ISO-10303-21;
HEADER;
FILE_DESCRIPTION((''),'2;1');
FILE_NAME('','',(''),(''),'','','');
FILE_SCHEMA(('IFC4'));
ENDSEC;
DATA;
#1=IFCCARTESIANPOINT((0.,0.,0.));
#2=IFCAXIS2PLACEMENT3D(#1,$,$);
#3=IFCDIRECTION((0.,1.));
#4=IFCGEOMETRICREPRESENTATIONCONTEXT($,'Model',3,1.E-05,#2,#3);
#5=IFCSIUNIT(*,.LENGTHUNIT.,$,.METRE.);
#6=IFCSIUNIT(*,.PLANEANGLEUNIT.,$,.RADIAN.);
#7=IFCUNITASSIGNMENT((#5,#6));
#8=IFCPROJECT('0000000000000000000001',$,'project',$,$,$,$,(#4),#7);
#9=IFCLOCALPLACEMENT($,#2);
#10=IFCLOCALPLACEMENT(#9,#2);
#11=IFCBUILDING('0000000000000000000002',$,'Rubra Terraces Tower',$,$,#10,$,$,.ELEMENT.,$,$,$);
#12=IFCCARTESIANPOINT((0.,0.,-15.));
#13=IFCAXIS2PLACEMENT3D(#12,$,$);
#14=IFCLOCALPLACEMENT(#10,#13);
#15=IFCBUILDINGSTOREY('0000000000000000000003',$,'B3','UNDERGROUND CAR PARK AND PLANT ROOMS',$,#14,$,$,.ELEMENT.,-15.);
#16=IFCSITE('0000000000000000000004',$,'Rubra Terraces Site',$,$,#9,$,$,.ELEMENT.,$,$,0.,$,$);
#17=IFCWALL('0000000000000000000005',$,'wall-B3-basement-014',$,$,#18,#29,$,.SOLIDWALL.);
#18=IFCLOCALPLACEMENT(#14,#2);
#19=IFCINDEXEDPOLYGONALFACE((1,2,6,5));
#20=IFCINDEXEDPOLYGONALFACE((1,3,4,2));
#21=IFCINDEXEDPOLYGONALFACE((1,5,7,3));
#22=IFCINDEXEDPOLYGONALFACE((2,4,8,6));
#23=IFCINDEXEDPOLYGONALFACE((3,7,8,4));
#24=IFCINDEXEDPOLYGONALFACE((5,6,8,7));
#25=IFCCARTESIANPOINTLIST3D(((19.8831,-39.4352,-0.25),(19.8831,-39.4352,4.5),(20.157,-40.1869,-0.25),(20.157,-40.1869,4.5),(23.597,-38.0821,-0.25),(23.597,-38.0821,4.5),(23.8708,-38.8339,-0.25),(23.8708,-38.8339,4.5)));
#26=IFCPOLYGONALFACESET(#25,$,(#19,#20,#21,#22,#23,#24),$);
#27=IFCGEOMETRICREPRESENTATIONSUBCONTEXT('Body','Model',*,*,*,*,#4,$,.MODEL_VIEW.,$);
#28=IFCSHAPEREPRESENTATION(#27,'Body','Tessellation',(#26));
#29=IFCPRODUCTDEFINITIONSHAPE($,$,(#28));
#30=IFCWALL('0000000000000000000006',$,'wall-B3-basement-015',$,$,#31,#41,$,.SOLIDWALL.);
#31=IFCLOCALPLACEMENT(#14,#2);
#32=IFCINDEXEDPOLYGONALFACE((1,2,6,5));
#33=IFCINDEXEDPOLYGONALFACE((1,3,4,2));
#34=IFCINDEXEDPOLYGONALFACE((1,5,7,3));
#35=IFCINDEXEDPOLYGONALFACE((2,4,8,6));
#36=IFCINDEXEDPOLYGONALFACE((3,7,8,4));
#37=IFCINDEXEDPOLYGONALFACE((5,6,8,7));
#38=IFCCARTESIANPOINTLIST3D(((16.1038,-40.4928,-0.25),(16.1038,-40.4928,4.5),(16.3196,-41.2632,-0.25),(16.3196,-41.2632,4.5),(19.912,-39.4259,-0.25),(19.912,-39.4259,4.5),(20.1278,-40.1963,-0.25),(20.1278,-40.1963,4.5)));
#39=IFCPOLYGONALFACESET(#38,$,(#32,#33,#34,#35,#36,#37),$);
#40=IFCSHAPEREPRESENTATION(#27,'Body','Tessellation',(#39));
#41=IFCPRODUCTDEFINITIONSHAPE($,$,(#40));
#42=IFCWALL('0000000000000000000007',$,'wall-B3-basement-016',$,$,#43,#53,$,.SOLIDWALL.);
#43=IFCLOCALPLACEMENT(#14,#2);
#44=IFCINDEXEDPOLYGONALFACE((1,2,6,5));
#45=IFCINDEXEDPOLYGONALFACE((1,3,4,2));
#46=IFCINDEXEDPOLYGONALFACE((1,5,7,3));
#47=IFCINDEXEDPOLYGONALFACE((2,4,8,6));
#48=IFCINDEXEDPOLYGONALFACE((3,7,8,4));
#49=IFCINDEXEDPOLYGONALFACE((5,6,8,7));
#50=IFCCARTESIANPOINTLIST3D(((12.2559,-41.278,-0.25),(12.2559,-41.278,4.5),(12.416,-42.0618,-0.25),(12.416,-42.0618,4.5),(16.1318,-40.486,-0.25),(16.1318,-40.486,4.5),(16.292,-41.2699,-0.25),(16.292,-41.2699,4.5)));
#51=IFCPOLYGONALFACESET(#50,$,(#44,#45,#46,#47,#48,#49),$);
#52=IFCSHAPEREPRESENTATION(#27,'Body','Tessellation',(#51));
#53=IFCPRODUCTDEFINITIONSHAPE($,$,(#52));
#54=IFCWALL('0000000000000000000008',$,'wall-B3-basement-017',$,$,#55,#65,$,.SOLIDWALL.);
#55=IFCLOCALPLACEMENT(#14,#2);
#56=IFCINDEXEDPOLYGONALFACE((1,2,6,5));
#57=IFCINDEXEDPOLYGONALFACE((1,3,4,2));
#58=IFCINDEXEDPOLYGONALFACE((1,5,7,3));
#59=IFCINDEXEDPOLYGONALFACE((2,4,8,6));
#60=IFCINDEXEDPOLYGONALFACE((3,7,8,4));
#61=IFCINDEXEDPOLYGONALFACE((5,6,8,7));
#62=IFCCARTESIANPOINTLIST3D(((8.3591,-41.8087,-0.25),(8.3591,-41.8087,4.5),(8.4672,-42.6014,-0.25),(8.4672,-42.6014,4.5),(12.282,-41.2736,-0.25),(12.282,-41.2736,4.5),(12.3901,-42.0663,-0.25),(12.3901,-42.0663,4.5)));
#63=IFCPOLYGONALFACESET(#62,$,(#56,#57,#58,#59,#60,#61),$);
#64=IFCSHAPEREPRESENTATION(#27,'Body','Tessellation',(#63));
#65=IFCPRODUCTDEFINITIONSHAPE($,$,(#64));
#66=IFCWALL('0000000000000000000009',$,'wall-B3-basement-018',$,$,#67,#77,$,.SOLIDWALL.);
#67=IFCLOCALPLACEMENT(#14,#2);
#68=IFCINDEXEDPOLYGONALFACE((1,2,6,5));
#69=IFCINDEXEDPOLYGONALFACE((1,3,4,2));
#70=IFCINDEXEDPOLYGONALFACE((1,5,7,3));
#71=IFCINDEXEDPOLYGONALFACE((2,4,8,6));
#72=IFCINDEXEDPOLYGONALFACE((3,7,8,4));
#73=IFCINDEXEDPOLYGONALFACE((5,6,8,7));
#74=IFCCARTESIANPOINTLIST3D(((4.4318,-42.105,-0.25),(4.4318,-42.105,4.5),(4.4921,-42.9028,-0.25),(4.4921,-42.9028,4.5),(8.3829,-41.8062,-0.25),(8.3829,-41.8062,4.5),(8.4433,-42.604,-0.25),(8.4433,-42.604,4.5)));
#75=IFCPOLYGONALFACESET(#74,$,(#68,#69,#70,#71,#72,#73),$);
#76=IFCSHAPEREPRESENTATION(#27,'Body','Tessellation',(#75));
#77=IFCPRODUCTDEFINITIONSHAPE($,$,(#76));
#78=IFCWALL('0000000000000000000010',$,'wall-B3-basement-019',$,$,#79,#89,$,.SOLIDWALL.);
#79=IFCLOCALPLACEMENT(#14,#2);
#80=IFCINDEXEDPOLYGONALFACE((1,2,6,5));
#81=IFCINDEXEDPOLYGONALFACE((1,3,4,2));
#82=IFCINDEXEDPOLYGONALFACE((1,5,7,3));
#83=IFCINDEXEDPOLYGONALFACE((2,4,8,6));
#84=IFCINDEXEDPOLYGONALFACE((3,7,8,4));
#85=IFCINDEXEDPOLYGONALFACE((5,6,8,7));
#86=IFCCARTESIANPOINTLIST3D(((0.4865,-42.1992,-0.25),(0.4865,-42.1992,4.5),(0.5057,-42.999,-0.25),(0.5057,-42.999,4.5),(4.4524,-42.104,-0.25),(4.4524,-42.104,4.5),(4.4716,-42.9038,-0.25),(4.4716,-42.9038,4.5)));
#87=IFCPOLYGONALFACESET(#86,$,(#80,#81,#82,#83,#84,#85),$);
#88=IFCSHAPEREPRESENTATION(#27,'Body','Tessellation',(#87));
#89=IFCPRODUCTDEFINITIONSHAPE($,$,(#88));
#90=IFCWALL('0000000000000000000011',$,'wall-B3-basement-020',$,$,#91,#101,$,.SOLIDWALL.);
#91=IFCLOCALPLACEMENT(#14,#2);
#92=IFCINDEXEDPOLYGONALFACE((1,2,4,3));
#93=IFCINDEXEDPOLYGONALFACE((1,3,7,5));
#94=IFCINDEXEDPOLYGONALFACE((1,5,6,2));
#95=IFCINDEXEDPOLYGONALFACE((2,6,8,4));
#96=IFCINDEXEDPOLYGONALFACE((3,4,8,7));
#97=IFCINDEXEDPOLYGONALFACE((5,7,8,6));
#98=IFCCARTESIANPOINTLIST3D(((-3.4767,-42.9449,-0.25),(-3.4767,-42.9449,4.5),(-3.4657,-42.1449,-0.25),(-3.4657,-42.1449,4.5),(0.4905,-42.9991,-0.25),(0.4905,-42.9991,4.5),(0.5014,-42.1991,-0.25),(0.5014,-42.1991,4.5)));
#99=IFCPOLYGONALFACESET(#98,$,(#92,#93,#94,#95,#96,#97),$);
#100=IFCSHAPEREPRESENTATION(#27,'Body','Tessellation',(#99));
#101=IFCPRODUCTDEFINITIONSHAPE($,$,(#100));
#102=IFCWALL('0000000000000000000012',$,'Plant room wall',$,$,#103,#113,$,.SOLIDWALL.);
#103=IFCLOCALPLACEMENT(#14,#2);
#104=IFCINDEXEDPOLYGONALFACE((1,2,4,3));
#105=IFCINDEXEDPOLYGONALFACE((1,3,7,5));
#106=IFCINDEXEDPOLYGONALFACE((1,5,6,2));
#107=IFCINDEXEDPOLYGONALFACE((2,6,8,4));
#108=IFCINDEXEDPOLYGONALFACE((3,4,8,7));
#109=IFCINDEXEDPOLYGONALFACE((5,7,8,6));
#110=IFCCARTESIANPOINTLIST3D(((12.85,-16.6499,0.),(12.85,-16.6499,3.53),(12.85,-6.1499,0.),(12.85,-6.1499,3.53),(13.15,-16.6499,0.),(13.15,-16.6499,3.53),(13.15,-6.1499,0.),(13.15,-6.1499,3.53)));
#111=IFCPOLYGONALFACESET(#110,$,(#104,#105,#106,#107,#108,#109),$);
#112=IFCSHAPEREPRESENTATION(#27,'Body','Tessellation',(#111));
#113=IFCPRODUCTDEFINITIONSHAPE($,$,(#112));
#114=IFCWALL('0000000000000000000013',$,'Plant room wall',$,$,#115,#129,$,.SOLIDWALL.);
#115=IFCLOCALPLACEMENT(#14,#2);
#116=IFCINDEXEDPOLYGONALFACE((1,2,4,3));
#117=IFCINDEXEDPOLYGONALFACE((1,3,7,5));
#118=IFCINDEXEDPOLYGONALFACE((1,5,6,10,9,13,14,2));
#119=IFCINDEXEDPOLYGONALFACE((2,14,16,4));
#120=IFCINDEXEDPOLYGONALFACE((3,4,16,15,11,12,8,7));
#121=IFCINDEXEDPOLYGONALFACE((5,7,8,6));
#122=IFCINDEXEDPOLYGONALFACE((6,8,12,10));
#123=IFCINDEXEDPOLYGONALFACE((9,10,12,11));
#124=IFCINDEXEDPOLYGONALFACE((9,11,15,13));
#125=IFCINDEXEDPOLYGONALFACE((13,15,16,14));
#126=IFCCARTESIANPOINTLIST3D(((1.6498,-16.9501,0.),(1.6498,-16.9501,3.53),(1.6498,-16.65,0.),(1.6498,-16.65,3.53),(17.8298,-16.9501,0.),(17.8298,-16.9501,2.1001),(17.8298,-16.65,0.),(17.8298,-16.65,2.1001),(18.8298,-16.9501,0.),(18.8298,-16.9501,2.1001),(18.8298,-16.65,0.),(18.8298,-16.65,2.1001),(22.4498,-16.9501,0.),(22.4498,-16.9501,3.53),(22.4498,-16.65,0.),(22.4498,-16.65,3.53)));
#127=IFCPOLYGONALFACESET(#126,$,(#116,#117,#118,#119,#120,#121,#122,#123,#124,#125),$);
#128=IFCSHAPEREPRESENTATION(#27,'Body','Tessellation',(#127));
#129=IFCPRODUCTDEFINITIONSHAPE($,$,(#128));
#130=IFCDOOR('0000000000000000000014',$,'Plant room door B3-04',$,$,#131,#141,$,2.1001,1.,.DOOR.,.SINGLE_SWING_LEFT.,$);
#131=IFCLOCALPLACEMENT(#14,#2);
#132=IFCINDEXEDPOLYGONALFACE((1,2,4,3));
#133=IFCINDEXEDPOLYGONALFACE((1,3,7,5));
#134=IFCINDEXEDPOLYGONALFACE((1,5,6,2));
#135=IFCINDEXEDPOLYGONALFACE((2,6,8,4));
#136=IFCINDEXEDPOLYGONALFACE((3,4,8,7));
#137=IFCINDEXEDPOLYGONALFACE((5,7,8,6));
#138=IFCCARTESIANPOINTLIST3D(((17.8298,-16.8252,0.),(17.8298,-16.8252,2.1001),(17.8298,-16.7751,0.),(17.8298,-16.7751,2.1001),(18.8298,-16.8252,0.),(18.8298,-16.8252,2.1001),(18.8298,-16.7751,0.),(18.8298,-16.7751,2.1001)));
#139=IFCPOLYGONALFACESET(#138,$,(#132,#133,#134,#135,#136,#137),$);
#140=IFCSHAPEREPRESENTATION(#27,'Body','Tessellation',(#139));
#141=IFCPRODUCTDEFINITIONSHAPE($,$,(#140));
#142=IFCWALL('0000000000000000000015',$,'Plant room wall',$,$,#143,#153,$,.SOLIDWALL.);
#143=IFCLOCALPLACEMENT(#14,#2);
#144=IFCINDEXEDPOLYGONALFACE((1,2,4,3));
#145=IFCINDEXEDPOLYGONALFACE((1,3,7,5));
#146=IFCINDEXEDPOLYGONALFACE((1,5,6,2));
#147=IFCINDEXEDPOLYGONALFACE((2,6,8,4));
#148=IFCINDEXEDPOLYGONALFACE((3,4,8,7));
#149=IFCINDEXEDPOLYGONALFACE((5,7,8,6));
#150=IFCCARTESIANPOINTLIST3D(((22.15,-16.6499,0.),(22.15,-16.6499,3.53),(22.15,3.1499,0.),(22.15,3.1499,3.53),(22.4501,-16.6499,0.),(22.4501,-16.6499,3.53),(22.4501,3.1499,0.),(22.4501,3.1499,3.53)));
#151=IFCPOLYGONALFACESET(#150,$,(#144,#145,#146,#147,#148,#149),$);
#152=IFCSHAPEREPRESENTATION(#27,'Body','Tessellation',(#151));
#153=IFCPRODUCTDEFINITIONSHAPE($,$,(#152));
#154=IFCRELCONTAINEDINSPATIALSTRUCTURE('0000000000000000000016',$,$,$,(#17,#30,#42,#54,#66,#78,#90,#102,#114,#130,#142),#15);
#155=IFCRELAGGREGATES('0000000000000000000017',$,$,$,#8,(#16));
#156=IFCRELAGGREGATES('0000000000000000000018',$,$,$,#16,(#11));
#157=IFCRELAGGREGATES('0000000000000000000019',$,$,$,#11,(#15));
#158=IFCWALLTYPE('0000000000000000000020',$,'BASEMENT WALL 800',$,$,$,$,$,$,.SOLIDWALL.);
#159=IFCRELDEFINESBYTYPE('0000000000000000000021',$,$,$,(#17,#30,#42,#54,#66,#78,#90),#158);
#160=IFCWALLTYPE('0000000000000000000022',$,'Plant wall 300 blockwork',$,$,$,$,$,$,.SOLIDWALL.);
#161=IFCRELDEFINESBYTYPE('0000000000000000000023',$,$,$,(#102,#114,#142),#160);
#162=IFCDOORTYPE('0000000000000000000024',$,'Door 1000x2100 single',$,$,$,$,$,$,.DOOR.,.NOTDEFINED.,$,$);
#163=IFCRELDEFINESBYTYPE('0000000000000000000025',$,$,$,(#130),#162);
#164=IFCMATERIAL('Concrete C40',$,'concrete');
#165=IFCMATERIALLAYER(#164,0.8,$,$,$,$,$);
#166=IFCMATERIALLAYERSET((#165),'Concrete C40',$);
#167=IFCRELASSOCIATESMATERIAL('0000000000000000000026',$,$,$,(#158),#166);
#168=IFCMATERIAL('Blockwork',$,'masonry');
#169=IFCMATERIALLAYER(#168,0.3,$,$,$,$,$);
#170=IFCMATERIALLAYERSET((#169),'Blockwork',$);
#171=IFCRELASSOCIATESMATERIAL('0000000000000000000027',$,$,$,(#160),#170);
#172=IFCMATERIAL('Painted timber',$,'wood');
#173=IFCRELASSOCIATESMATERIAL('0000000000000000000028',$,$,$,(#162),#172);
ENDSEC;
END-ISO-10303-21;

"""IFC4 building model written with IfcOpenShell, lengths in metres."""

from ifc_helpers import new_model, si_unit, direction, frame, frame_2d, origin, place, context, subcontext, project, spatial, rectangle, extrude, material, layer, layer_set, type_object, element, fill, save


model = new_model("IFC4")

# Units and contexts
model_context = context("Model", 3, precision=1e-05, world=origin(), true_north=direction((0.0, 1.0)))
body_context = subcontext(model_context, "Body", "Model", "MODEL_VIEW")
ifc_project = project(units=[si_unit("LENGTHUNIT", "METRE"), si_unit("PLANEANGLEUNIT", "RADIAN")], contexts=[model_context])

# Site, building, storey
site_placement = place(None, origin())
site = spatial("IfcSite", under=ifc_project, at=site_placement, Name="Rubra Terraces Site", CompositionType="ELEMENT", RefElevation=0.0)
building_placement = place(site_placement, origin())
building = spatial("IfcBuilding", under=site, at=building_placement, Name="Rubra Terraces Tower", CompositionType="ELEMENT")
storey_placement = place(building_placement, frame((0.0, 0.0, -15.0)))
storey = spatial("IfcBuildingStorey", under=building, at=storey_placement, Name="B3", Description="UNDERGROUND CAR PARK AND PLANT ROOMS", CompositionType="ELEMENT", Elevation=-15.0)

# Shared definitions
ifc_material_1 = material(Name="Concrete C40", Category="concrete")

# Walls
ifc_layer_1 = layer(ifc_material_1, 0.8)
ifc_layer_set_1 = layer_set([ifc_layer_1], Name="Concrete C40")
wall_type_1 = type_object("IfcWallType", Name="BASEMENT WALL 800", PredefinedType="SOLIDWALL", material=ifc_layer_set_1)
wall_1_placement = place(storey_placement, frame((23.7339, -38.458, -0.25), z_axis=(0.0, 0.0, 1.0), x_axis=(-0.939588, -0.342308, 0.0)))
element("IfcWall", 1, at=wall_1_placement, inside=storey, type_object=wall_type_1, Name="wall-B3-basement-014", PredefinedType="SOLIDWALL", context=body_context, shape_type="SweptSolid", body=[
    extrude(rectangle(XDim=3.9526, YDim=0.8, at=frame_2d((1.9763, 0.0))), origin(), (0.0, 0.0, 1.0), 4.75),
])
wall_2_placement = place(storey_placement, frame((20.02, -39.811, -0.25), z_axis=(0.0, 0.0, 1.0), x_axis=(-0.962923, -0.269776, 0.0)))
element("IfcWall", 2, at=wall_2_placement, inside=storey, type_object=wall_type_1, Name="wall-B3-basement-015", PredefinedType="SOLIDWALL", context=body_context, shape_type="SweptSolid", body=[
    extrude(rectangle(XDim=3.9548, YDim=0.8, at=frame_2d((1.9775, 0.0))), origin(), (0.0, 0.0, 1.0), 4.75),
])
wall_3_placement = place(storey_placement, frame((16.2119, -40.8779, -0.25), z_axis=(0.0, 0.0, 1.0), x_axis=(-0.979756, -0.200197, 0.0)))
element("IfcWall", 3, at=wall_3_placement, inside=storey, type_object=wall_type_1, Name="wall-B3-basement-016", PredefinedType="SOLIDWALL", context=body_context, shape_type="SweptSolid", body=[
    extrude(rectangle(XDim=3.9561, YDim=0.8, at=frame_2d((1.978, 0.0))), origin(), (0.0, 0.0, 1.0), 4.75),
])
wall_4_placement = place(storey_placement, frame((12.3359, -41.6699, -0.25), z_axis=(0.0, 0.0, 1.0), x_axis=(-0.990823, -0.135168, 0.0)))
element("IfcWall", 4, at=wall_4_placement, inside=storey, type_object=wall_type_1, Name="wall-B3-basement-017", PredefinedType="SOLIDWALL", context=body_context, shape_type="SweptSolid", body=[
    extrude(rectangle(XDim=3.9592, YDim=0.8, at=frame_2d((1.9795, 0.0))), origin(), (0.0, 0.0, 1.0), 4.75),
])
wall_5_placement = place(storey_placement, frame((8.4131, -42.2051, -0.25), z_axis=(0.0, 0.0, 1.0), x_axis=(-0.997152, -0.075415, 0.0)))
element("IfcWall", 5, at=wall_5_placement, inside=storey, type_object=wall_type_1, Name="wall-B3-basement-018", PredefinedType="SOLIDWALL", context=body_context, shape_type="SweptSolid", body=[
    extrude(rectangle(XDim=3.9624, YDim=0.8, at=frame_2d((1.9812, 0.0))), origin(), (0.0, 0.0, 1.0), 4.75),
])
wall_6_placement = place(storey_placement, frame((4.4619, -42.5039, -0.25), z_axis=(0.0, 0.0, 1.0), x_axis=(-0.999712, -0.024002, 0.0)))
element("IfcWall", 6, at=wall_6_placement, inside=storey, type_object=wall_type_1, Name="wall-B3-basement-019", PredefinedType="SOLIDWALL", context=body_context, shape_type="SweptSolid", body=[
    extrude(rectangle(XDim=3.967, YDim=0.8, at=frame_2d((1.9834, 0.0))), origin(), (0.0, 0.0, 1.0), 4.75),
])
wall_7_placement = place(storey_placement, frame((0.4961, -42.5991, -0.25), z_axis=(0.0, 0.0, 1.0), x_axis=(-0.999907, 0.013661, 0.0)))
element("IfcWall", 7, at=wall_7_placement, inside=storey, type_object=wall_type_1, Name="wall-B3-basement-020", PredefinedType="SOLIDWALL", context=body_context, shape_type="SweptSolid", body=[
    extrude(rectangle(XDim=3.9675, YDim=0.8, at=frame_2d((1.9839, 0.0))), origin(), (0.0, 0.0, 1.0), 4.75),
])
ifc_material_2 = material(Name="Blockwork", Category="masonry")
ifc_layer_2 = layer(ifc_material_2, 0.3)
ifc_layer_set_2 = layer_set([ifc_layer_2], Name="Blockwork")
wall_type_2 = type_object("IfcWallType", Name="Plant wall 300 blockwork", PredefinedType="SOLIDWALL", material=ifc_layer_set_2)
wall_8_placement = place(storey_placement, frame((13.0, -16.6499, 0.0), z_axis=(0.0, 0.0, 1.0), x_axis=(0.0, 1.0, 0.0)))
element("IfcWall", 8, at=wall_8_placement, inside=storey, type_object=wall_type_2, Name="Plant room wall", PredefinedType="SOLIDWALL", context=body_context, shape_type="SweptSolid", body=[
    extrude(rectangle(XDim=10.5, YDim=0.3, at=frame_2d((5.25, 0.0))), origin(), (0.0, 0.0, 1.0), 3.53),
])

# Wall, opening, door
wall_9_placement = place(storey_placement, frame((1.6499, -16.8, 0.0), z_axis=(0.0, 0.0, 1.0), x_axis=(1.0, 0.0, 0.0)))
wall_9 = element("IfcWall", 9, at=wall_9_placement, inside=storey, type_object=wall_type_2, Name="Plant room wall", PredefinedType="SOLIDWALL", context=body_context, shape_type="SweptSolid", body=[
    extrude(rectangle(XDim=20.8, YDim=0.3, at=frame_2d((10.3999, 0.0))), origin(), (0.0, 0.0, 1.0), 3.53),
])
opening_placement = place(wall_9_placement, frame((16.1799, 0.0, 0.0)))
opening = element("IfcOpeningElement", 10, at=opening_placement, cuts=wall_9, PredefinedType="OPENING", context=body_context, shape_type="SweptSolid", body=[
    extrude(rectangle(XDim=1.0, YDim=2.1001, at=frame_2d((0.5, 1.05))), frame((0.0, 0.1599, 0.0), z_axis=(0.0, -1.0, 0.0), x_axis=(1.0, 0.0, 0.0)), (0.0, 0.0, 1.0), 0.3201),
])
ifc_material_3 = material(Name="Painted timber", Category="wood")
door_type = type_object("IfcDoorType", Name="Door 1000x2100 single", OperationType="NOTDEFINED", PredefinedType="DOOR", material=ifc_material_3)
door_placement = place(opening_placement, origin())
door = element("IfcDoor", 11, at=door_placement, inside=storey, type_object=door_type, Name="Plant room door B3-04", OperationType="SINGLE_SWING_LEFT", OverallHeight=2.1001, OverallWidth=1.0, PredefinedType="DOOR", context=body_context, shape_type="SweptSolid", body=[
    extrude(rectangle(XDim=1.0, YDim=2.1001, at=frame_2d((0.5, 1.05))), frame((0.0, 0.0249, 0.0), z_axis=(0.0, -1.0, 0.0), x_axis=(1.0, 0.0, 0.0)), (0.0, 0.0, 1.0), 0.05),
])
fill(opening, door)

# Wall
wall_10_placement = place(storey_placement, frame((22.3, -16.6499, 0.0), z_axis=(0.0, 0.0, 1.0), x_axis=(0.0, 1.0, 0.0)))
element("IfcWall", 12, at=wall_10_placement, inside=storey, type_object=wall_type_2, Name="Plant room wall", PredefinedType="SOLIDWALL", context=body_context, shape_type="SweptSolid", body=[
    extrude(rectangle(XDim=19.7998, YDim=0.3, at=frame_2d((9.8999, 0.0))), origin(), (0.0, 0.0, 1.0), 3.53),
])

save(model, "model.ifc")
